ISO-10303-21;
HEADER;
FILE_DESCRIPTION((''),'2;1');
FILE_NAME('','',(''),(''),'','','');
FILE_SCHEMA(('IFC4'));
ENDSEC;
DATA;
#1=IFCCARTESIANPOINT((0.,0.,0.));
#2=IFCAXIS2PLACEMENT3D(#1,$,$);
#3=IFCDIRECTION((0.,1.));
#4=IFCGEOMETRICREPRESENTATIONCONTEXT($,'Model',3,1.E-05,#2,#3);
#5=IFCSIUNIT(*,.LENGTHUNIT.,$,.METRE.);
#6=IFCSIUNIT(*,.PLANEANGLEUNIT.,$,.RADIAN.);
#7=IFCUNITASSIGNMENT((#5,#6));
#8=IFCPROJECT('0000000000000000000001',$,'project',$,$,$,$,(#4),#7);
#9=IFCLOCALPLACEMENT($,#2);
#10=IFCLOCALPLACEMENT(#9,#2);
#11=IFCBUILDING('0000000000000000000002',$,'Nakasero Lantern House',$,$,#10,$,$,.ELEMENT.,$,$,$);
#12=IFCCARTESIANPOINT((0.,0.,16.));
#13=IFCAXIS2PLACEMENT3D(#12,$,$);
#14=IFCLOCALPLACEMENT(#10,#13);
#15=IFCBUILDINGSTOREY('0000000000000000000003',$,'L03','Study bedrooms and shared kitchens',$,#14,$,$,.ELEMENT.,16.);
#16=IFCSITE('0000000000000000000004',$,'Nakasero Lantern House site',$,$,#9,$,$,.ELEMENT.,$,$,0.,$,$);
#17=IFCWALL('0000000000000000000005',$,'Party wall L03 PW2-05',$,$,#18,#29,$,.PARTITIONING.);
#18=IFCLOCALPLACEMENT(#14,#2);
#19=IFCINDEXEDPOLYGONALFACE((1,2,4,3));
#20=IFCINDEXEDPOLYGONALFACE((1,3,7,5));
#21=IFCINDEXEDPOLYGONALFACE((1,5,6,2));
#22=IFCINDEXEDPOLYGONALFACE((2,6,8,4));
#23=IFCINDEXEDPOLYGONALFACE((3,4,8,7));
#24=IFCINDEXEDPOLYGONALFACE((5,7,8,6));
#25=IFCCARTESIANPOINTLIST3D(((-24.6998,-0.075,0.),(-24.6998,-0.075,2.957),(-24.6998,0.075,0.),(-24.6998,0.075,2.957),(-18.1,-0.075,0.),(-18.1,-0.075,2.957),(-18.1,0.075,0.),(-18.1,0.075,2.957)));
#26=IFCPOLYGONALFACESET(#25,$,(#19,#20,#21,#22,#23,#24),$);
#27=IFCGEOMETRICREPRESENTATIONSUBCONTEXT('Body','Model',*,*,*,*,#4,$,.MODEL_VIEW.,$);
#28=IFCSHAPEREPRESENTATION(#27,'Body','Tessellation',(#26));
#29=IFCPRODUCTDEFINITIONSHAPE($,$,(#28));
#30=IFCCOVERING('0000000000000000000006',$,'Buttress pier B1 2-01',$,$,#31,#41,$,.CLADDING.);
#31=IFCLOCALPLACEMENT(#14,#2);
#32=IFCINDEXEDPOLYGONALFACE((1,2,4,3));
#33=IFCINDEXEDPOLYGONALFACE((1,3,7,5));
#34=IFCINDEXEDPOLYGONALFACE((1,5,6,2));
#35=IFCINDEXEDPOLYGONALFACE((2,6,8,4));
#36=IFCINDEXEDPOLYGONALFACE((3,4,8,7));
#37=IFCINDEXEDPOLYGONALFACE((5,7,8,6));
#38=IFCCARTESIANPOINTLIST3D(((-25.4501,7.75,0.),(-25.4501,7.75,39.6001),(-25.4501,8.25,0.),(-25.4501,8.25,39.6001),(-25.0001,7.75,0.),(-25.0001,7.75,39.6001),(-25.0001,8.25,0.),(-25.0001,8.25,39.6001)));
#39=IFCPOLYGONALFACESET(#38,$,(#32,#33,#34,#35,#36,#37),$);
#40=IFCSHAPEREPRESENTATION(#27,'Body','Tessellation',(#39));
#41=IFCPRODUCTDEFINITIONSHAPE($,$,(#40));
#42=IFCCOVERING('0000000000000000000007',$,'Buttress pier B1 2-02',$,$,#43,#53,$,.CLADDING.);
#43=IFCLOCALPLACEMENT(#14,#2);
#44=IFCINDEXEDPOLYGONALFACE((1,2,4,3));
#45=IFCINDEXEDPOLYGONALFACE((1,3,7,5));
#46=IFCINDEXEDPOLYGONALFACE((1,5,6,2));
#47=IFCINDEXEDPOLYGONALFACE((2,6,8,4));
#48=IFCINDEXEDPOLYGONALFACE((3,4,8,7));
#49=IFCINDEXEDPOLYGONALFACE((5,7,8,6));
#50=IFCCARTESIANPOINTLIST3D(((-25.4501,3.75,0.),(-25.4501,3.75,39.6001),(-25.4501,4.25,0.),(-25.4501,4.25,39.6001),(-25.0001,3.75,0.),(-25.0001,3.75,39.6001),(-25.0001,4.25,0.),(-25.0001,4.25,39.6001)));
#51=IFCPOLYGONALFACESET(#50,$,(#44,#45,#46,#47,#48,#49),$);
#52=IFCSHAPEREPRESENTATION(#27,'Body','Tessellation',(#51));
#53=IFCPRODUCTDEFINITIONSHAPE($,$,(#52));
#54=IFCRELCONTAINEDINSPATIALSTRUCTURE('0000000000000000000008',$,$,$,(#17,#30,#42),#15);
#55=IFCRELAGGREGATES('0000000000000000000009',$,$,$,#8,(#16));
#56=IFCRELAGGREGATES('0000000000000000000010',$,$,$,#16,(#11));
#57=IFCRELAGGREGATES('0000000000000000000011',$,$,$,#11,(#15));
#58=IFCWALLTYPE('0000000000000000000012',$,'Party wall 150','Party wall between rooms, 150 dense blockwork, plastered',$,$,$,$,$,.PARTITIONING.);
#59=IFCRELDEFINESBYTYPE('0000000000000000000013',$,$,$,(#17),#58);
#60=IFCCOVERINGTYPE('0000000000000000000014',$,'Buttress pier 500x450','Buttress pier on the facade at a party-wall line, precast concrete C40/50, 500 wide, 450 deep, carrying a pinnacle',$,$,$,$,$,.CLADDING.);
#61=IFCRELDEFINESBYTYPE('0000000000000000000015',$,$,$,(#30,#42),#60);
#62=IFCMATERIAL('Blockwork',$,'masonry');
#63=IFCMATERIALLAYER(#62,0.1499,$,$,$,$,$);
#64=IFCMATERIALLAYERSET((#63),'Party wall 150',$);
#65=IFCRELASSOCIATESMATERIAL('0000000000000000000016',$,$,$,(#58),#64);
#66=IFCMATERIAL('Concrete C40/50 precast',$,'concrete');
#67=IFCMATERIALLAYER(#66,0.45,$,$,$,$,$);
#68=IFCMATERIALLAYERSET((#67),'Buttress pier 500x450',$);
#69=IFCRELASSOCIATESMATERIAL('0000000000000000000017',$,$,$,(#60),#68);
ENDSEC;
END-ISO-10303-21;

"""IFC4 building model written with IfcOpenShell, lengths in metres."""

from ifc_helpers import new_model, si_unit, direction, frame, frame_2d, origin, origin_2d, place, context, subcontext, project, spatial, rectangle, extrude, material, layer, layer_set, type_object, element, save


model = new_model("IFC4")

# Units and contexts
model_context = context("Model", 3, precision=1e-05, world=origin(), true_north=direction((0.0, 1.0)))
body_context = subcontext(model_context, "Body", "Model", "MODEL_VIEW")
ifc_project = project(units=[si_unit("LENGTHUNIT", "METRE"), si_unit("PLANEANGLEUNIT", "RADIAN")], contexts=[model_context])

# Site, building, storey
site_placement = place(None, origin())
site = spatial("IfcSite", under=ifc_project, at=site_placement, Name="Nakasero Lantern House site", CompositionType="ELEMENT", RefElevation=0.0)
building_placement = place(site_placement, origin())
building = spatial("IfcBuilding", under=site, at=building_placement, Name="Nakasero Lantern House", CompositionType="ELEMENT")
storey_placement = place(building_placement, frame((0.0, 0.0, 16.0)))
storey = spatial("IfcBuildingStorey", under=building, at=storey_placement, Name="L03", Description="Study bedrooms and shared kitchens", CompositionType="ELEMENT", Elevation=16.0)

# Wall
ifc_material_1 = material(Name="Blockwork", Category="masonry")
ifc_layer_1 = layer(ifc_material_1, 0.1499)
ifc_layer_set_1 = layer_set([ifc_layer_1], Name="Party wall 150")
wall_type = type_object("IfcWallType", Name="Party wall 150", Description="Party wall between rooms, 150 dense blockwork, plastered", PredefinedType="PARTITIONING", material=ifc_layer_set_1)
wall_placement = place(storey_placement, frame((-18.1001, 0.0, 0.0), z_axis=(0.0, 0.0, 1.0), x_axis=(-1.0, 0.0, 0.0)))
element("IfcWall", 1, at=wall_placement, inside=storey, type_object=wall_type, Name="Party wall L03 PW2-05", PredefinedType="PARTITIONING", context=body_context, shape_type="SweptSolid", body=[
    extrude(rectangle(XDim=6.5999, YDim=0.1499, at=frame_2d((3.2998, 0.0))), origin(), (0.0, 0.0, 1.0), 2.957),
])

# Coverings
ifc_material_2 = material(Name="Concrete C40/50 precast", Category="concrete")
ifc_layer_2 = layer(ifc_material_2, 0.45)
ifc_layer_set_2 = layer_set([ifc_layer_2], Name="Buttress pier 500x450")
covering_type = type_object("IfcCoveringType", Name="Buttress pier 500x450", Description="Buttress pier on the facade at a party-wall line, precast concrete C40/50, 500 wide, 450 deep, carrying a pinnacle", PredefinedType="CLADDING", material=ifc_layer_set_2)
for number, where, z_axis, x_axis, name in (
    (2, (-25.2251, 8.0, 0.0), (0.0, 0.0, 1.0), (-1.0, 0.0, 0.0), "Buttress pier B1 2-01"),
    (3, (-25.2251, 4.0, 0.0), (0.0, 0.0, 1.0), (-1.0, 0.0, 0.0), "Buttress pier B1 2-02"),
):
    element("IfcCovering", number, at=place(storey_placement, frame(where, z_axis=z_axis, x_axis=x_axis)), inside=storey, type_object=covering_type, Name=name, PredefinedType="CLADDING", context=body_context, shape_type="SweptSolid", body=[
        extrude(rectangle(XDim=0.45, YDim=0.5, at=origin_2d()), origin(), (0.0, 0.0, 1.0), 39.6001),
    ])

save(model, "model.ifc")
